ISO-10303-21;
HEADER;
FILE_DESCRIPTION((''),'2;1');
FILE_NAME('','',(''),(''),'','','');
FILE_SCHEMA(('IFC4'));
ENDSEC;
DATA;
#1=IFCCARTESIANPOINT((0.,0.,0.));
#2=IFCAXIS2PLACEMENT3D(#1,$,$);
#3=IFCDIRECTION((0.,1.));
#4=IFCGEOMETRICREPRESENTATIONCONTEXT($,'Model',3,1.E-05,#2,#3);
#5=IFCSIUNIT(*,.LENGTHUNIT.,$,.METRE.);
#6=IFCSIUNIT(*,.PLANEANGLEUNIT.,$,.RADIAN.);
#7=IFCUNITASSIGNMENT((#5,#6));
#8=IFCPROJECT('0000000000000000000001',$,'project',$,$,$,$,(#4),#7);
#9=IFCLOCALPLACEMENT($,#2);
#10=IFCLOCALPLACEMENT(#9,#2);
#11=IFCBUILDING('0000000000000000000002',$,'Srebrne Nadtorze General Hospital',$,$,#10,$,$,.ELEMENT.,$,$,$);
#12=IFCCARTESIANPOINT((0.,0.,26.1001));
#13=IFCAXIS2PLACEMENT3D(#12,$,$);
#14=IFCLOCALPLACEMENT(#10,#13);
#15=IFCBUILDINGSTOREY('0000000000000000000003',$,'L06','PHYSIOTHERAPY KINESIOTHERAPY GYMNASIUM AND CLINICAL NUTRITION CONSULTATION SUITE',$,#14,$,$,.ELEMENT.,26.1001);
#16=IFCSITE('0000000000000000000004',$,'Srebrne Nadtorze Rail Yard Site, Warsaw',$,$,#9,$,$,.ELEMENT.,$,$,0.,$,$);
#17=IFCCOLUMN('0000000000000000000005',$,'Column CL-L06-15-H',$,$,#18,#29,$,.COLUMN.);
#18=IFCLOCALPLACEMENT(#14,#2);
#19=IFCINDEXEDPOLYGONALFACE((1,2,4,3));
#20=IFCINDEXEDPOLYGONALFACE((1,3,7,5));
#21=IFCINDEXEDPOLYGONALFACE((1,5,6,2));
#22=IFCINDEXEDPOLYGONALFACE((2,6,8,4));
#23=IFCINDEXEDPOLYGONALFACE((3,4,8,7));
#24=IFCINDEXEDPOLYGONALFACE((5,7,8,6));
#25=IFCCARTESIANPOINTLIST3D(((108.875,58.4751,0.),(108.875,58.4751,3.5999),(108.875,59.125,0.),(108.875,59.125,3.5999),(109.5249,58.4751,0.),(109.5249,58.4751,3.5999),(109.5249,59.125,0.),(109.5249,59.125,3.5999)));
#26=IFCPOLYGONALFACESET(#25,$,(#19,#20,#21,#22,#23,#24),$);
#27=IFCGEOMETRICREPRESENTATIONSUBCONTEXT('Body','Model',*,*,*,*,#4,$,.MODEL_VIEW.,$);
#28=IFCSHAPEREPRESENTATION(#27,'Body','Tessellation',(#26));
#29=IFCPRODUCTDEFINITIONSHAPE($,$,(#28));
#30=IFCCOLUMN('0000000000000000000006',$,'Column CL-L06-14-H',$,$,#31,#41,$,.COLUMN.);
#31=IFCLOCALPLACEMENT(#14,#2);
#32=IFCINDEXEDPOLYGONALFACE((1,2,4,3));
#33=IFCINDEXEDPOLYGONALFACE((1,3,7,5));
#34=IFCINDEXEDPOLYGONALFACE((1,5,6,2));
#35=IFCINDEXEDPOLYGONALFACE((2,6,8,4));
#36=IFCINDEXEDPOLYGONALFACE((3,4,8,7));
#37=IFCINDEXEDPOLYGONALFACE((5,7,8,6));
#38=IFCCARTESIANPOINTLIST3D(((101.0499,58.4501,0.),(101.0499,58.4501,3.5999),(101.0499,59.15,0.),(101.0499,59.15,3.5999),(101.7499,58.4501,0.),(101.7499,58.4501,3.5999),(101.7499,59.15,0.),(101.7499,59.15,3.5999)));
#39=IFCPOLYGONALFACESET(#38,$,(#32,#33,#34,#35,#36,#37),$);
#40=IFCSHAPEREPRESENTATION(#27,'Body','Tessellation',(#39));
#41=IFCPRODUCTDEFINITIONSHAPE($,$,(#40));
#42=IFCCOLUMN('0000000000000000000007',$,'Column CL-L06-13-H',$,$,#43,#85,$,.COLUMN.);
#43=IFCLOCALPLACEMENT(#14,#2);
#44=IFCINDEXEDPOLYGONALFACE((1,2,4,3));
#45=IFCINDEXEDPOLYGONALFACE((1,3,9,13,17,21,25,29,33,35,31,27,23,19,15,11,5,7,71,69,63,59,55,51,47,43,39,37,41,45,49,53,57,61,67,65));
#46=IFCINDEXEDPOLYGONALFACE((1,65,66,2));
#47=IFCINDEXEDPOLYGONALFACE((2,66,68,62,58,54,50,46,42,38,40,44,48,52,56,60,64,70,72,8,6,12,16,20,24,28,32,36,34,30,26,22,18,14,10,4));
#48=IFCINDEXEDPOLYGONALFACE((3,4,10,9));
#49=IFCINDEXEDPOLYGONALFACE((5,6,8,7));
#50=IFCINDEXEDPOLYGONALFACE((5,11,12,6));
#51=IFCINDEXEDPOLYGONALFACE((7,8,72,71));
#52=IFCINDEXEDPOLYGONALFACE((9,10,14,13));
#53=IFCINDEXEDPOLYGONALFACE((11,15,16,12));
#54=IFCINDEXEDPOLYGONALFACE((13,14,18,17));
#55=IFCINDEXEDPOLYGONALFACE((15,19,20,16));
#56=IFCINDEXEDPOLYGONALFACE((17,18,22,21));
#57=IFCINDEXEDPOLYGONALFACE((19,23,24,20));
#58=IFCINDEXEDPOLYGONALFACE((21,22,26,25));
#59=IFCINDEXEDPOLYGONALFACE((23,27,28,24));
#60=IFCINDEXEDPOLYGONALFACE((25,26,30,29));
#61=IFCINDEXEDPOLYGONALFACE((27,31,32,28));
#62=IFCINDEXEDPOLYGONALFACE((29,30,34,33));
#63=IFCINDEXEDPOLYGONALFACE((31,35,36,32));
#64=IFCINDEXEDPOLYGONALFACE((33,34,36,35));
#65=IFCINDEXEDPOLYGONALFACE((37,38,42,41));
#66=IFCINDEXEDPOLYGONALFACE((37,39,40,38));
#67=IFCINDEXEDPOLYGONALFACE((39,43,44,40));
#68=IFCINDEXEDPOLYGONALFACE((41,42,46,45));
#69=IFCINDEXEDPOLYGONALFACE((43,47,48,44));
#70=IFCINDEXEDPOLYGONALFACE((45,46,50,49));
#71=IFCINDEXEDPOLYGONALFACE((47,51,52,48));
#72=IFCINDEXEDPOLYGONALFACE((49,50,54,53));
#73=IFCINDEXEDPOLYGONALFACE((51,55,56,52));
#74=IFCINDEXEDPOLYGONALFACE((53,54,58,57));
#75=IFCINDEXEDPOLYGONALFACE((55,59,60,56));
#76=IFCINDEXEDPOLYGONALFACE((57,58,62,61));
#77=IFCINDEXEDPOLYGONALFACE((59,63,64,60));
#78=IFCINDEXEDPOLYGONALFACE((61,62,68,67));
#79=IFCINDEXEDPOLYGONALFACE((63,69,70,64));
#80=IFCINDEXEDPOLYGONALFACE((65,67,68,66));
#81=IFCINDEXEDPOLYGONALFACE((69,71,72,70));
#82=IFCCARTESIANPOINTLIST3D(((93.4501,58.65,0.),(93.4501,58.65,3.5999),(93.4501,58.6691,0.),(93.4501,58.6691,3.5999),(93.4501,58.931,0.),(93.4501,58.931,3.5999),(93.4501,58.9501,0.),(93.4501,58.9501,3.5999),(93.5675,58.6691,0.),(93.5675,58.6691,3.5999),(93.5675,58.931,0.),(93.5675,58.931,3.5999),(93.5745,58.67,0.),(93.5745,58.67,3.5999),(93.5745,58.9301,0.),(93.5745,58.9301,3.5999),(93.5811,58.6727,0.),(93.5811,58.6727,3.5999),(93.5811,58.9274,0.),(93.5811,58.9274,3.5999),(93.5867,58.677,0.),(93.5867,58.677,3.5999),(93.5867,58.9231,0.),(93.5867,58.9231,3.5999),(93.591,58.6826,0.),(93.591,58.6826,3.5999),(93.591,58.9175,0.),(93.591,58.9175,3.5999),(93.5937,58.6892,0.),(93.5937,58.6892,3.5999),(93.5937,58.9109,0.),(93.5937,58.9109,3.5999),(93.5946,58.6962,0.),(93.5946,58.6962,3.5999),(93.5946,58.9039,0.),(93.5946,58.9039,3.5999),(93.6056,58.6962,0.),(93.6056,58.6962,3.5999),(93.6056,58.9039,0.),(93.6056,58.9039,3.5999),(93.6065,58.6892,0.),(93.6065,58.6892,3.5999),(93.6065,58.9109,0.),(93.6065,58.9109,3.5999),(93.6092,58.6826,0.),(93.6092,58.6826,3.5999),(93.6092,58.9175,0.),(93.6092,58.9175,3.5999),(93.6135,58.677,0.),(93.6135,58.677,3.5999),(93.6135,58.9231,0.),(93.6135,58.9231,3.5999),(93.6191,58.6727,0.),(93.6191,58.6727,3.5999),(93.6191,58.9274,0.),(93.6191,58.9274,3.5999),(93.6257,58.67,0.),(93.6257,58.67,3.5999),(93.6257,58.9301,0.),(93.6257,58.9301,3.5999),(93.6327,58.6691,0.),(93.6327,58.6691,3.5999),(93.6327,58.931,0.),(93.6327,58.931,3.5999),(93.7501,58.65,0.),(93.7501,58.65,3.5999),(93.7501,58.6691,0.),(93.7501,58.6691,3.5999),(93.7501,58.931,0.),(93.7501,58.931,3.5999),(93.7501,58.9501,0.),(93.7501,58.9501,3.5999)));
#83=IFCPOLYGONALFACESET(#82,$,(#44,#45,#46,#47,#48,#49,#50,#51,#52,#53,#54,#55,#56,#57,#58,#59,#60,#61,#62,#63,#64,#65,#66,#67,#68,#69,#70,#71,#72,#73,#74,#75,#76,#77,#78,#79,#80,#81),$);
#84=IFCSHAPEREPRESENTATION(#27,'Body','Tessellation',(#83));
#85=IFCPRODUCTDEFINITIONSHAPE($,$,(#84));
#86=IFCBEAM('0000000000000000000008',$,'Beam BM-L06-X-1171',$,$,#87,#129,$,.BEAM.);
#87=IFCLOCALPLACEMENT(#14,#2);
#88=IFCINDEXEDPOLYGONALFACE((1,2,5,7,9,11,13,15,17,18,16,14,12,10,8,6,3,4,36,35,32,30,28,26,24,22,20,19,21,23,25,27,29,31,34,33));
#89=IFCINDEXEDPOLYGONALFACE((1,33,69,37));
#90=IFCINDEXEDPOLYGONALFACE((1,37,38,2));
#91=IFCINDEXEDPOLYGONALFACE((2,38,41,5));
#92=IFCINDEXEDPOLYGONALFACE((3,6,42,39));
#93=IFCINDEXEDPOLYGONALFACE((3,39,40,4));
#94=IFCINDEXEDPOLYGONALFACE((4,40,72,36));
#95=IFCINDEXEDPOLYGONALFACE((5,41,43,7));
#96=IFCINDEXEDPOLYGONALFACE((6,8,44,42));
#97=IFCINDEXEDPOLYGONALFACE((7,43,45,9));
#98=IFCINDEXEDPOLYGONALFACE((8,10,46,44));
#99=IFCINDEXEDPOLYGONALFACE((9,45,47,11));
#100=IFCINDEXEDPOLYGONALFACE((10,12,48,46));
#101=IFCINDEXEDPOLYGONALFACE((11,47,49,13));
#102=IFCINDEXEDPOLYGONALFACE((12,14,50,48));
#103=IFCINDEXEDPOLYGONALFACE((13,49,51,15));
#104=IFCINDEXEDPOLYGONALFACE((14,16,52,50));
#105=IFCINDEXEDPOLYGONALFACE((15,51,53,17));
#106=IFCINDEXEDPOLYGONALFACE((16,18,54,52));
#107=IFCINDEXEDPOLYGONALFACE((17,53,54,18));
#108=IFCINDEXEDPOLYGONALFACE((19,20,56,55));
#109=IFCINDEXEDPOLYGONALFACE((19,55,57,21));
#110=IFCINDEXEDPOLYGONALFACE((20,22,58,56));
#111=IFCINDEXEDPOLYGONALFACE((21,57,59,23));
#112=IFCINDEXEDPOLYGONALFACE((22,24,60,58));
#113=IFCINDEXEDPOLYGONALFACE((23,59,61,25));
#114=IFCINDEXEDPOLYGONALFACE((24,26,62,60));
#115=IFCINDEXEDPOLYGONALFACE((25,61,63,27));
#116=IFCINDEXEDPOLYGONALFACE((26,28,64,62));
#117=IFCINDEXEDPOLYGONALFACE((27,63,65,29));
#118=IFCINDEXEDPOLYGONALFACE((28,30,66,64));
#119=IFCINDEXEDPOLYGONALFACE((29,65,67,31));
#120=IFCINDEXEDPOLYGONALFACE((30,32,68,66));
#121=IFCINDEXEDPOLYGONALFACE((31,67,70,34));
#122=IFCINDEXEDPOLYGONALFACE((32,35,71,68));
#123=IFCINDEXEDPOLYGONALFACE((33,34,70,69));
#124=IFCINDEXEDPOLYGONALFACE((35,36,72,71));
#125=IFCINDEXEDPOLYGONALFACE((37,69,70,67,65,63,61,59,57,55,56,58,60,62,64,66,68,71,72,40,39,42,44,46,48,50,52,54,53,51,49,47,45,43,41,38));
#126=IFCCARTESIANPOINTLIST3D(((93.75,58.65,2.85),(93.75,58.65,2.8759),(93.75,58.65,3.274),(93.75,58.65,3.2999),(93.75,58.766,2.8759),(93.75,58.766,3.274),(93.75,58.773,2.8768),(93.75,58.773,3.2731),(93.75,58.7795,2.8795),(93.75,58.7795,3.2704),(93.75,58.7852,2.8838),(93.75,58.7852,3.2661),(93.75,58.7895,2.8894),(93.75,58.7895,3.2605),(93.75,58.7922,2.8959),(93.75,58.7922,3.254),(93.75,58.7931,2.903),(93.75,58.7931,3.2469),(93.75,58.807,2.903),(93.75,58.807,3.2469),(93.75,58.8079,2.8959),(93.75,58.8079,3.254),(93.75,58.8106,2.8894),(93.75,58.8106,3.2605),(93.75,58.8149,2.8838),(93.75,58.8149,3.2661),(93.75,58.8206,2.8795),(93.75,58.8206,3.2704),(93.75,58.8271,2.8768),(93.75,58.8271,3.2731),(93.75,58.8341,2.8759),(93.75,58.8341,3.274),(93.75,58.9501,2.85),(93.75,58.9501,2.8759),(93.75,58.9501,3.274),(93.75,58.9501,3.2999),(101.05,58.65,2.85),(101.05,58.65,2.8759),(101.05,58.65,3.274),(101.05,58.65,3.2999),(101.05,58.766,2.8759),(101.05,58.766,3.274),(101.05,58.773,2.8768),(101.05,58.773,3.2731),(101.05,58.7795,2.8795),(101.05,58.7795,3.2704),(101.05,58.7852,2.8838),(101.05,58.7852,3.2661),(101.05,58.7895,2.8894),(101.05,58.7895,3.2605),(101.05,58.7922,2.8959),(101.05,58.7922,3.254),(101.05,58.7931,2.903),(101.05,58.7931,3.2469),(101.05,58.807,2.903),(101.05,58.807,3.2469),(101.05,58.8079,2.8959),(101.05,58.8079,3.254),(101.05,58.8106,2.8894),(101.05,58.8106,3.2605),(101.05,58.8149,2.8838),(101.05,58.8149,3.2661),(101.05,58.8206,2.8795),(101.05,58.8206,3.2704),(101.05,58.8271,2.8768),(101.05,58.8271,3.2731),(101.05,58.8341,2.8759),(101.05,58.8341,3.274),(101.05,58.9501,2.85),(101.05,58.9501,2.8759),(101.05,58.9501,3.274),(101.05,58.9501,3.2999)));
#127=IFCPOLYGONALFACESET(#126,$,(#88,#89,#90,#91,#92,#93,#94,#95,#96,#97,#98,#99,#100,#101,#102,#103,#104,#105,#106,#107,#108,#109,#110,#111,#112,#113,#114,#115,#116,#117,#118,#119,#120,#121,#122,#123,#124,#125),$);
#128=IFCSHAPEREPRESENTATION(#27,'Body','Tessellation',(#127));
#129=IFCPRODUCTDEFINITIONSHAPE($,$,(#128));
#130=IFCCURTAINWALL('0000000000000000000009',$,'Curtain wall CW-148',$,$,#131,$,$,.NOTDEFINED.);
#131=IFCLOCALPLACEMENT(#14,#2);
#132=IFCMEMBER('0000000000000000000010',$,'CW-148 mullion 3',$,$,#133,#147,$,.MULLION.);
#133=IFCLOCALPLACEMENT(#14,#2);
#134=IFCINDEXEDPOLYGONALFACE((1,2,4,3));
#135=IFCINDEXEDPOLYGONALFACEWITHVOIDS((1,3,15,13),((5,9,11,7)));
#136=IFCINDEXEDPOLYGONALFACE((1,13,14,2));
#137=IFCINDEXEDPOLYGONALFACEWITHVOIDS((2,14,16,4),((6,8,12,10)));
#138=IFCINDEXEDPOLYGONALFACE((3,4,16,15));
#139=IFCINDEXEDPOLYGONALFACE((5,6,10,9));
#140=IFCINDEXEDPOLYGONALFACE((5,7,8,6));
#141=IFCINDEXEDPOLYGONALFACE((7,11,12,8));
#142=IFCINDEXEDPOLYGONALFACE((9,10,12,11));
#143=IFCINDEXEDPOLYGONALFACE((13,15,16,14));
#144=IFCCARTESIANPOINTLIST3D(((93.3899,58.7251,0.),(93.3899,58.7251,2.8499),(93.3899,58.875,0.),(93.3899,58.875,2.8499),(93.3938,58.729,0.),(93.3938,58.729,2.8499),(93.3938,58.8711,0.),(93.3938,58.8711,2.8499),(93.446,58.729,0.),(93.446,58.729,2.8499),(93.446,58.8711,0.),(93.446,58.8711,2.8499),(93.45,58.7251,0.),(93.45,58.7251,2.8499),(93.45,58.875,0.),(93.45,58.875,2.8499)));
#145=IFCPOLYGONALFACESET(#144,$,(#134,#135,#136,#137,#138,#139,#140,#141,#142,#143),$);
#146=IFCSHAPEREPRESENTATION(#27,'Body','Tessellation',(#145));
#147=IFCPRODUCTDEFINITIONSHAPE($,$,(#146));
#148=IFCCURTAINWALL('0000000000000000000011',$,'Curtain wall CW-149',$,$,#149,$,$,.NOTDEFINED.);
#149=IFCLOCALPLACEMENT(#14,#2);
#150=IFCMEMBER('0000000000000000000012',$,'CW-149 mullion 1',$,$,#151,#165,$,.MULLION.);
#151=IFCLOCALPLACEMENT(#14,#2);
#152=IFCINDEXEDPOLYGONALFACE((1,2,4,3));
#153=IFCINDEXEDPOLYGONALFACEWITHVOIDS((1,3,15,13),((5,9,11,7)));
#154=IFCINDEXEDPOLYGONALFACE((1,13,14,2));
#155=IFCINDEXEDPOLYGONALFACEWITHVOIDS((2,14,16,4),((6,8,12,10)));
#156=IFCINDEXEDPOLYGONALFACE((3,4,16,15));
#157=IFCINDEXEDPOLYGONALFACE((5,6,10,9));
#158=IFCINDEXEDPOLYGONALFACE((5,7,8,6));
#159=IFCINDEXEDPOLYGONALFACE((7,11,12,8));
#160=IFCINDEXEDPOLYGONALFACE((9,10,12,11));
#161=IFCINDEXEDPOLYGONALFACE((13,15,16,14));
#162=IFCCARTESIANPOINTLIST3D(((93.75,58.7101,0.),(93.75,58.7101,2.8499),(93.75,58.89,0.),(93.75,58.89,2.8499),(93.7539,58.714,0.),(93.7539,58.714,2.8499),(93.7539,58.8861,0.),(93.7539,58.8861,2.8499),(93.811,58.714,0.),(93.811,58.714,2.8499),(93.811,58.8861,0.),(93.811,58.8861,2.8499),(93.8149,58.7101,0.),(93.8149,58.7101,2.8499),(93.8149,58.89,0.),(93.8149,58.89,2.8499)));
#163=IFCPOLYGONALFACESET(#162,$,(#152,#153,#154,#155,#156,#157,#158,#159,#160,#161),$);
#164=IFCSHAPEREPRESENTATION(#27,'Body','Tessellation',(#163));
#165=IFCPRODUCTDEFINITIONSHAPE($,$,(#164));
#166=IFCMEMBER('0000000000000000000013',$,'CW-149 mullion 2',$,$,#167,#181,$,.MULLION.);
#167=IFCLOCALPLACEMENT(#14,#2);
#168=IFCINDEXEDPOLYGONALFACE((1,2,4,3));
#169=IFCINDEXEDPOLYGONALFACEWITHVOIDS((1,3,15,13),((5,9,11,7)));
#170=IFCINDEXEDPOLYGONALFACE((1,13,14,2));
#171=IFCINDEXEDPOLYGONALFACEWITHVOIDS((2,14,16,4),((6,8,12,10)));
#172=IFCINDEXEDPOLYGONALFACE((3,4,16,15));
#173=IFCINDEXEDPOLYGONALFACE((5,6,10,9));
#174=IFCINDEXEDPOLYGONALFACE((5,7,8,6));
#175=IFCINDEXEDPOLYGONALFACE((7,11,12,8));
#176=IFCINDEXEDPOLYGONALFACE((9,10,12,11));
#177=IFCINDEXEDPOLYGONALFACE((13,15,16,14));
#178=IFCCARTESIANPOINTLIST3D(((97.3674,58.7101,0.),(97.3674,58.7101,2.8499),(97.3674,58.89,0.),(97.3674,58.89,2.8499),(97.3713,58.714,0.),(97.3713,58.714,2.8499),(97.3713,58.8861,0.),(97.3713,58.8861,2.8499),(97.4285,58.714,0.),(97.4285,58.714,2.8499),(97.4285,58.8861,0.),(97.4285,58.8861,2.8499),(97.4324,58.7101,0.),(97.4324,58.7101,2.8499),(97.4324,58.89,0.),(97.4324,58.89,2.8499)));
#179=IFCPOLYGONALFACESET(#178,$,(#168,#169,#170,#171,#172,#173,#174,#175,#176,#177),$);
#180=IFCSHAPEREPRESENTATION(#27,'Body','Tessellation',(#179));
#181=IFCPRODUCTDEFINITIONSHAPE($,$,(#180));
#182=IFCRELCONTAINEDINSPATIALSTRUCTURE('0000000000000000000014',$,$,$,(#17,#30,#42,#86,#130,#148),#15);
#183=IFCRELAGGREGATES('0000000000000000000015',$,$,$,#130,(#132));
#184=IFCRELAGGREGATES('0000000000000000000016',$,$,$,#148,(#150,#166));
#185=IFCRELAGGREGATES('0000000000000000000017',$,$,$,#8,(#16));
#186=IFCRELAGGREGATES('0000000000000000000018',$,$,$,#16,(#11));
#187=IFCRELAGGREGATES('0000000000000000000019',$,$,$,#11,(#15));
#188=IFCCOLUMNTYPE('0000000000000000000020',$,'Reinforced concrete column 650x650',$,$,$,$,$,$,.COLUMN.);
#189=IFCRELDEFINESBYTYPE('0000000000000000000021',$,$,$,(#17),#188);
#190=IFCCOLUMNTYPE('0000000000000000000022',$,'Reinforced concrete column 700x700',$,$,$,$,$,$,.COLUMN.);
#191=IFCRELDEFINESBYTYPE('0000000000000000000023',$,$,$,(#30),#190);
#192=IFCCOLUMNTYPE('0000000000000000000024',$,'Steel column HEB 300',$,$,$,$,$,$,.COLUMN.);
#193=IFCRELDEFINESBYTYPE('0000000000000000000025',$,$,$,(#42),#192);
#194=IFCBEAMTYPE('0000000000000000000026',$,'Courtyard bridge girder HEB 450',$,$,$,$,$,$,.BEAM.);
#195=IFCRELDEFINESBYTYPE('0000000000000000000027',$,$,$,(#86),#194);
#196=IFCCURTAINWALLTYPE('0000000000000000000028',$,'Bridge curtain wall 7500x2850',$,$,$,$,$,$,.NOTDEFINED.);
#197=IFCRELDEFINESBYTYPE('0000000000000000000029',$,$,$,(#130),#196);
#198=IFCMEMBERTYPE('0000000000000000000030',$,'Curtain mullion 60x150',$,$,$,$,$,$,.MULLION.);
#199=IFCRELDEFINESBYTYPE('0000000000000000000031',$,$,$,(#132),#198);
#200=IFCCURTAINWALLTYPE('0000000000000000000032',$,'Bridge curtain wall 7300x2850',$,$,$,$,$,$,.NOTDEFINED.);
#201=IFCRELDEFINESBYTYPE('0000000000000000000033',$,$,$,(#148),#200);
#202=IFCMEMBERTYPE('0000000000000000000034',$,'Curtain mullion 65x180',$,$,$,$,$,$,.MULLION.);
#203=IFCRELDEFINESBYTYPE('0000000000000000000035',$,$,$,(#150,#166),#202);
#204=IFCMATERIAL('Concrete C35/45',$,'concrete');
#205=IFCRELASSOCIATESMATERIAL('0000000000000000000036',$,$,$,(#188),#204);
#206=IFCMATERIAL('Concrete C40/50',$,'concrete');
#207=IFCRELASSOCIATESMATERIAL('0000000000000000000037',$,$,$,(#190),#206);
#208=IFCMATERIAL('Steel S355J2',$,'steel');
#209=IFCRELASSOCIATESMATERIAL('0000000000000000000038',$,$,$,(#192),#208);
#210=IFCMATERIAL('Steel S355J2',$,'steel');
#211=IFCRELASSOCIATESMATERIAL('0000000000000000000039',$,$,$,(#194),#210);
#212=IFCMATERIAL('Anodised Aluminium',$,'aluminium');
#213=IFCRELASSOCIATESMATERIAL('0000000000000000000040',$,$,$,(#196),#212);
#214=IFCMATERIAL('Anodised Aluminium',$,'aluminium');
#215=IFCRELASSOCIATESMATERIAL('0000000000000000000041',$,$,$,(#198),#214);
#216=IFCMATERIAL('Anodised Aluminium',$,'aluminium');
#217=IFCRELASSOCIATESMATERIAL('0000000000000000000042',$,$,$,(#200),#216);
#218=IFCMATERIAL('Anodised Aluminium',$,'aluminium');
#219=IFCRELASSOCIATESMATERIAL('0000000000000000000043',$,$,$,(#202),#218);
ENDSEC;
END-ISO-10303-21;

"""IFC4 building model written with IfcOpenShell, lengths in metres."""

from ifc_helpers import new_model, si_unit, direction, frame, origin, origin_2d, place, context, subcontext, project, spatial, rectangle, hollow_rectangle, i_section, extrude, material, material_profile, profile_set, type_object, element, aggregate, save


model = new_model("IFC4")

# Units and contexts
model_context = context("Model", 3, precision=1e-05, world=origin(), true_north=direction((0.0, 1.0)))
body_context = subcontext(model_context, "Body", "Model", "MODEL_VIEW")
ifc_project = project(units=[si_unit("LENGTHUNIT", "METRE"), si_unit("PLANEANGLEUNIT", "RADIAN")], contexts=[model_context])

# Site, building, storey
site_placement = place(None, origin())
site = spatial("IfcSite", under=ifc_project, at=site_placement, Name="Srebrne Nadtorze Rail Yard Site, Warsaw", CompositionType="ELEMENT", RefElevation=0.0)
building_placement = place(site_placement, origin())
building = spatial("IfcBuilding", under=site, at=building_placement, Name="Srebrne Nadtorze General Hospital", CompositionType="ELEMENT")
storey_placement = place(building_placement, frame((0.0, 0.0, 26.1001)))
storey = spatial("IfcBuildingStorey", under=building, at=storey_placement, Name="L06", Description="PHYSIOTHERAPY KINESIOTHERAPY GYMNASIUM AND CLINICAL NUTRITION CONSULTATION SUITE", CompositionType="ELEMENT", Elevation=26.1001)

# Columns
ifc_material_1 = material(Name="Concrete C35/45", Category="concrete")
ifc_material_profile_1 = material_profile(ifc_material_1, rectangle(XDim=0.6499, YDim=0.6499, at=origin_2d()), Name="RC-COL-650x650")
ifc_profile_set_1 = profile_set([ifc_material_profile_1], Name="Concrete C35/45")
column_type_1 = type_object("IfcColumnType", Name="Reinforced concrete column 650x650", PredefinedType="COLUMN", material=ifc_profile_set_1)
column_1_placement = place(storey_placement, frame((109.2, 58.8, 0.0), z_axis=(0.0, 0.0, 1.0), x_axis=(1.0, 0.0, 0.0)))
element("IfcColumn", 1, at=column_1_placement, inside=storey, type_object=column_type_1, Name="Column CL-L06-15-H", PredefinedType="COLUMN", context=body_context, shape_type="SweptSolid", body=[
    extrude(rectangle(XDim=0.6499, YDim=0.6499, at=origin_2d()), origin(), (0.0, 0.0, 1.0), 3.5999),
])
ifc_material_2 = material(Name="Concrete C40/50", Category="concrete")
ifc_material_profile_2 = material_profile(ifc_material_2, rectangle(XDim=0.7, YDim=0.7, at=origin_2d()), Name="RC-COL-700x700")
ifc_profile_set_2 = profile_set([ifc_material_profile_2], Name="Concrete C40/50")
column_type_2 = type_object("IfcColumnType", Name="Reinforced concrete column 700x700", PredefinedType="COLUMN", material=ifc_profile_set_2)
column_2_placement = place(storey_placement, frame((101.3999, 58.8, 0.0), z_axis=(0.0, 0.0, 1.0), x_axis=(1.0, 0.0, 0.0)))
element("IfcColumn", 2, at=column_2_placement, inside=storey, type_object=column_type_2, Name="Column CL-L06-14-H", PredefinedType="COLUMN", context=body_context, shape_type="SweptSolid", body=[
    extrude(rectangle(XDim=0.7, YDim=0.7, at=origin_2d()), origin(), (0.0, 0.0, 1.0), 3.5999),
])
ifc_material_3 = material(Name="Steel S355J2", Category="steel")
ifc_material_profile_3 = material_profile(ifc_material_3, i_section(OverallWidth=0.3, OverallDepth=0.3, WebThickness=0.011, FlangeThickness=0.019, FilletRadius=0.0271, at=origin_2d()), Name="HEB-300")
ifc_profile_set_3 = profile_set([ifc_material_profile_3], Name="Steel S355J2")
column_type_3 = type_object("IfcColumnType", Name="Steel column HEB 300", PredefinedType="COLUMN", material=ifc_profile_set_3)
column_3_placement = place(storey_placement, frame((93.6001, 58.8, 0.0), z_axis=(0.0, 0.0, 1.0), x_axis=(1.0, 0.0, 0.0)))
element("IfcColumn", 3, at=column_3_placement, inside=storey, type_object=column_type_3, Name="Column CL-L06-13-H", PredefinedType="COLUMN", context=body_context, shape_type="SweptSolid", body=[
    extrude(i_section(OverallWidth=0.3, OverallDepth=0.3, WebThickness=0.011, FlangeThickness=0.019, FilletRadius=0.0271, at=origin_2d()), origin(), (0.0, 0.0, 1.0), 3.5999),
])

# Beam
ifc_material_4 = material(Name="Steel S355J2", Category="steel")
ifc_material_profile_4 = material_profile(ifc_material_4, i_section(OverallWidth=0.3, OverallDepth=0.45, WebThickness=0.0139, FlangeThickness=0.0259, FilletRadius=0.0271, at=origin_2d()), Name="HEB-450")
ifc_profile_set_4 = profile_set([ifc_material_profile_4], Name="Steel S355J2")
beam_type_1 = type_object("IfcBeamType", Name="Courtyard bridge girder HEB 450", PredefinedType="BEAM", material=ifc_profile_set_4)
beam_1_placement = place(storey_placement, frame((93.75, 58.8, 3.075), z_axis=(1.0, 0.0, 0.0), x_axis=(0.0, 1.0, 0.0)))
element("IfcBeam", 4, at=beam_1_placement, inside=storey, type_object=beam_type_1, Name="Beam BM-L06-X-1171", PredefinedType="BEAM", context=body_context, shape_type="SweptSolid", body=[
    extrude(i_section(OverallWidth=0.3, OverallDepth=0.45, WebThickness=0.0139, FlangeThickness=0.0259, FilletRadius=0.0271, at=origin_2d()), origin(), (0.0, 0.0, 1.0), 7.3),
])

# Curtain wall, member
ifc_material_5 = material(Name="Anodised Aluminium", Category="aluminium")
curtain_wall_type_1 = type_object("IfcCurtainWallType", Name="Bridge curtain wall 7500x2850", PredefinedType="NOTDEFINED", material=ifc_material_5)
curtain_wall_1_placement = place(storey_placement, origin())
curtain_wall_1 = element("IfcCurtainWall", 5, at=curtain_wall_1_placement, inside=storey, type_object=curtain_wall_type_1, Name="Curtain wall CW-148", PredefinedType="NOTDEFINED")
ifc_material_6 = material(Name="Anodised Aluminium", Category="aluminium")
ifc_material_profile_5 = material_profile(ifc_material_6, hollow_rectangle(XDim=0.0601, YDim=0.1499, WallThickness=0.0039, at=origin_2d()), Name="AL-MUL-60x150")
ifc_profile_set_5 = profile_set([ifc_material_profile_5], Name="Anodised Aluminium")
member_type_1 = type_object("IfcMemberType", Name="Curtain mullion 60x150", PredefinedType="MULLION", material=ifc_profile_set_5)
member_1_placement = place(storey_placement, frame((93.4199, 58.8, 0.0), z_axis=(0.0, 0.0, 1.0), x_axis=(1.0, 0.0, 0.0)))
member_1 = element("IfcMember", 6, at=member_1_placement, type_object=member_type_1, Name="CW-148 mullion 3", PredefinedType="MULLION", context=body_context, shape_type="SweptSolid", body=[
    extrude(hollow_rectangle(XDim=0.0601, YDim=0.1499, WallThickness=0.0039, at=origin_2d()), origin(), (0.0, 0.0, 1.0), 2.8499),
])

# Curtain wall, members
ifc_material_7 = material(Name="Anodised Aluminium", Category="aluminium")
curtain_wall_type_2 = type_object("IfcCurtainWallType", Name="Bridge curtain wall 7300x2850", PredefinedType="NOTDEFINED", material=ifc_material_7)
curtain_wall_2_placement = place(storey_placement, origin())
curtain_wall_2 = element("IfcCurtainWall", 7, at=curtain_wall_2_placement, inside=storey, type_object=curtain_wall_type_2, Name="Curtain wall CW-149", PredefinedType="NOTDEFINED")
ifc_material_8 = material(Name="Anodised Aluminium", Category="aluminium")
ifc_material_profile_6 = material_profile(ifc_material_8, hollow_rectangle(XDim=0.0649, YDim=0.1799, WallThickness=0.0039, at=origin_2d()), Name="AL-MUL-65x180")
ifc_profile_set_6 = profile_set([ifc_material_profile_6], Name="Anodised Aluminium")
member_type_2 = type_object("IfcMemberType", Name="Curtain mullion 65x180", PredefinedType="MULLION", material=ifc_profile_set_6)
member_2_placement = place(storey_placement, frame((93.7825, 58.8, 0.0), z_axis=(0.0, 0.0, 1.0), x_axis=(1.0, 0.0, 0.0)))
member_2 = element("IfcMember", 8, at=member_2_placement, type_object=member_type_2, Name="CW-149 mullion 1", PredefinedType="MULLION", context=body_context, shape_type="SweptSolid", body=[
    extrude(hollow_rectangle(XDim=0.0649, YDim=0.1799, WallThickness=0.0039, at=origin_2d()), origin(), (0.0, 0.0, 1.0), 2.8499),
])
member_3_placement = place(storey_placement, frame((97.3999, 58.8, 0.0), z_axis=(0.0, 0.0, 1.0), x_axis=(1.0, 0.0, 0.0)))
member_3 = element("IfcMember", 9, at=member_3_placement, type_object=member_type_2, Name="CW-149 mullion 2", PredefinedType="MULLION", context=body_context, shape_type="SweptSolid", body=[
    extrude(hollow_rectangle(XDim=0.0649, YDim=0.1799, WallThickness=0.0039, at=origin_2d()), origin(), (0.0, 0.0, 1.0), 2.8499),
])

aggregate(curtain_wall_1, [member_1])
aggregate(curtain_wall_2, [member_2, member_3])

save(model, "model.ifc")
